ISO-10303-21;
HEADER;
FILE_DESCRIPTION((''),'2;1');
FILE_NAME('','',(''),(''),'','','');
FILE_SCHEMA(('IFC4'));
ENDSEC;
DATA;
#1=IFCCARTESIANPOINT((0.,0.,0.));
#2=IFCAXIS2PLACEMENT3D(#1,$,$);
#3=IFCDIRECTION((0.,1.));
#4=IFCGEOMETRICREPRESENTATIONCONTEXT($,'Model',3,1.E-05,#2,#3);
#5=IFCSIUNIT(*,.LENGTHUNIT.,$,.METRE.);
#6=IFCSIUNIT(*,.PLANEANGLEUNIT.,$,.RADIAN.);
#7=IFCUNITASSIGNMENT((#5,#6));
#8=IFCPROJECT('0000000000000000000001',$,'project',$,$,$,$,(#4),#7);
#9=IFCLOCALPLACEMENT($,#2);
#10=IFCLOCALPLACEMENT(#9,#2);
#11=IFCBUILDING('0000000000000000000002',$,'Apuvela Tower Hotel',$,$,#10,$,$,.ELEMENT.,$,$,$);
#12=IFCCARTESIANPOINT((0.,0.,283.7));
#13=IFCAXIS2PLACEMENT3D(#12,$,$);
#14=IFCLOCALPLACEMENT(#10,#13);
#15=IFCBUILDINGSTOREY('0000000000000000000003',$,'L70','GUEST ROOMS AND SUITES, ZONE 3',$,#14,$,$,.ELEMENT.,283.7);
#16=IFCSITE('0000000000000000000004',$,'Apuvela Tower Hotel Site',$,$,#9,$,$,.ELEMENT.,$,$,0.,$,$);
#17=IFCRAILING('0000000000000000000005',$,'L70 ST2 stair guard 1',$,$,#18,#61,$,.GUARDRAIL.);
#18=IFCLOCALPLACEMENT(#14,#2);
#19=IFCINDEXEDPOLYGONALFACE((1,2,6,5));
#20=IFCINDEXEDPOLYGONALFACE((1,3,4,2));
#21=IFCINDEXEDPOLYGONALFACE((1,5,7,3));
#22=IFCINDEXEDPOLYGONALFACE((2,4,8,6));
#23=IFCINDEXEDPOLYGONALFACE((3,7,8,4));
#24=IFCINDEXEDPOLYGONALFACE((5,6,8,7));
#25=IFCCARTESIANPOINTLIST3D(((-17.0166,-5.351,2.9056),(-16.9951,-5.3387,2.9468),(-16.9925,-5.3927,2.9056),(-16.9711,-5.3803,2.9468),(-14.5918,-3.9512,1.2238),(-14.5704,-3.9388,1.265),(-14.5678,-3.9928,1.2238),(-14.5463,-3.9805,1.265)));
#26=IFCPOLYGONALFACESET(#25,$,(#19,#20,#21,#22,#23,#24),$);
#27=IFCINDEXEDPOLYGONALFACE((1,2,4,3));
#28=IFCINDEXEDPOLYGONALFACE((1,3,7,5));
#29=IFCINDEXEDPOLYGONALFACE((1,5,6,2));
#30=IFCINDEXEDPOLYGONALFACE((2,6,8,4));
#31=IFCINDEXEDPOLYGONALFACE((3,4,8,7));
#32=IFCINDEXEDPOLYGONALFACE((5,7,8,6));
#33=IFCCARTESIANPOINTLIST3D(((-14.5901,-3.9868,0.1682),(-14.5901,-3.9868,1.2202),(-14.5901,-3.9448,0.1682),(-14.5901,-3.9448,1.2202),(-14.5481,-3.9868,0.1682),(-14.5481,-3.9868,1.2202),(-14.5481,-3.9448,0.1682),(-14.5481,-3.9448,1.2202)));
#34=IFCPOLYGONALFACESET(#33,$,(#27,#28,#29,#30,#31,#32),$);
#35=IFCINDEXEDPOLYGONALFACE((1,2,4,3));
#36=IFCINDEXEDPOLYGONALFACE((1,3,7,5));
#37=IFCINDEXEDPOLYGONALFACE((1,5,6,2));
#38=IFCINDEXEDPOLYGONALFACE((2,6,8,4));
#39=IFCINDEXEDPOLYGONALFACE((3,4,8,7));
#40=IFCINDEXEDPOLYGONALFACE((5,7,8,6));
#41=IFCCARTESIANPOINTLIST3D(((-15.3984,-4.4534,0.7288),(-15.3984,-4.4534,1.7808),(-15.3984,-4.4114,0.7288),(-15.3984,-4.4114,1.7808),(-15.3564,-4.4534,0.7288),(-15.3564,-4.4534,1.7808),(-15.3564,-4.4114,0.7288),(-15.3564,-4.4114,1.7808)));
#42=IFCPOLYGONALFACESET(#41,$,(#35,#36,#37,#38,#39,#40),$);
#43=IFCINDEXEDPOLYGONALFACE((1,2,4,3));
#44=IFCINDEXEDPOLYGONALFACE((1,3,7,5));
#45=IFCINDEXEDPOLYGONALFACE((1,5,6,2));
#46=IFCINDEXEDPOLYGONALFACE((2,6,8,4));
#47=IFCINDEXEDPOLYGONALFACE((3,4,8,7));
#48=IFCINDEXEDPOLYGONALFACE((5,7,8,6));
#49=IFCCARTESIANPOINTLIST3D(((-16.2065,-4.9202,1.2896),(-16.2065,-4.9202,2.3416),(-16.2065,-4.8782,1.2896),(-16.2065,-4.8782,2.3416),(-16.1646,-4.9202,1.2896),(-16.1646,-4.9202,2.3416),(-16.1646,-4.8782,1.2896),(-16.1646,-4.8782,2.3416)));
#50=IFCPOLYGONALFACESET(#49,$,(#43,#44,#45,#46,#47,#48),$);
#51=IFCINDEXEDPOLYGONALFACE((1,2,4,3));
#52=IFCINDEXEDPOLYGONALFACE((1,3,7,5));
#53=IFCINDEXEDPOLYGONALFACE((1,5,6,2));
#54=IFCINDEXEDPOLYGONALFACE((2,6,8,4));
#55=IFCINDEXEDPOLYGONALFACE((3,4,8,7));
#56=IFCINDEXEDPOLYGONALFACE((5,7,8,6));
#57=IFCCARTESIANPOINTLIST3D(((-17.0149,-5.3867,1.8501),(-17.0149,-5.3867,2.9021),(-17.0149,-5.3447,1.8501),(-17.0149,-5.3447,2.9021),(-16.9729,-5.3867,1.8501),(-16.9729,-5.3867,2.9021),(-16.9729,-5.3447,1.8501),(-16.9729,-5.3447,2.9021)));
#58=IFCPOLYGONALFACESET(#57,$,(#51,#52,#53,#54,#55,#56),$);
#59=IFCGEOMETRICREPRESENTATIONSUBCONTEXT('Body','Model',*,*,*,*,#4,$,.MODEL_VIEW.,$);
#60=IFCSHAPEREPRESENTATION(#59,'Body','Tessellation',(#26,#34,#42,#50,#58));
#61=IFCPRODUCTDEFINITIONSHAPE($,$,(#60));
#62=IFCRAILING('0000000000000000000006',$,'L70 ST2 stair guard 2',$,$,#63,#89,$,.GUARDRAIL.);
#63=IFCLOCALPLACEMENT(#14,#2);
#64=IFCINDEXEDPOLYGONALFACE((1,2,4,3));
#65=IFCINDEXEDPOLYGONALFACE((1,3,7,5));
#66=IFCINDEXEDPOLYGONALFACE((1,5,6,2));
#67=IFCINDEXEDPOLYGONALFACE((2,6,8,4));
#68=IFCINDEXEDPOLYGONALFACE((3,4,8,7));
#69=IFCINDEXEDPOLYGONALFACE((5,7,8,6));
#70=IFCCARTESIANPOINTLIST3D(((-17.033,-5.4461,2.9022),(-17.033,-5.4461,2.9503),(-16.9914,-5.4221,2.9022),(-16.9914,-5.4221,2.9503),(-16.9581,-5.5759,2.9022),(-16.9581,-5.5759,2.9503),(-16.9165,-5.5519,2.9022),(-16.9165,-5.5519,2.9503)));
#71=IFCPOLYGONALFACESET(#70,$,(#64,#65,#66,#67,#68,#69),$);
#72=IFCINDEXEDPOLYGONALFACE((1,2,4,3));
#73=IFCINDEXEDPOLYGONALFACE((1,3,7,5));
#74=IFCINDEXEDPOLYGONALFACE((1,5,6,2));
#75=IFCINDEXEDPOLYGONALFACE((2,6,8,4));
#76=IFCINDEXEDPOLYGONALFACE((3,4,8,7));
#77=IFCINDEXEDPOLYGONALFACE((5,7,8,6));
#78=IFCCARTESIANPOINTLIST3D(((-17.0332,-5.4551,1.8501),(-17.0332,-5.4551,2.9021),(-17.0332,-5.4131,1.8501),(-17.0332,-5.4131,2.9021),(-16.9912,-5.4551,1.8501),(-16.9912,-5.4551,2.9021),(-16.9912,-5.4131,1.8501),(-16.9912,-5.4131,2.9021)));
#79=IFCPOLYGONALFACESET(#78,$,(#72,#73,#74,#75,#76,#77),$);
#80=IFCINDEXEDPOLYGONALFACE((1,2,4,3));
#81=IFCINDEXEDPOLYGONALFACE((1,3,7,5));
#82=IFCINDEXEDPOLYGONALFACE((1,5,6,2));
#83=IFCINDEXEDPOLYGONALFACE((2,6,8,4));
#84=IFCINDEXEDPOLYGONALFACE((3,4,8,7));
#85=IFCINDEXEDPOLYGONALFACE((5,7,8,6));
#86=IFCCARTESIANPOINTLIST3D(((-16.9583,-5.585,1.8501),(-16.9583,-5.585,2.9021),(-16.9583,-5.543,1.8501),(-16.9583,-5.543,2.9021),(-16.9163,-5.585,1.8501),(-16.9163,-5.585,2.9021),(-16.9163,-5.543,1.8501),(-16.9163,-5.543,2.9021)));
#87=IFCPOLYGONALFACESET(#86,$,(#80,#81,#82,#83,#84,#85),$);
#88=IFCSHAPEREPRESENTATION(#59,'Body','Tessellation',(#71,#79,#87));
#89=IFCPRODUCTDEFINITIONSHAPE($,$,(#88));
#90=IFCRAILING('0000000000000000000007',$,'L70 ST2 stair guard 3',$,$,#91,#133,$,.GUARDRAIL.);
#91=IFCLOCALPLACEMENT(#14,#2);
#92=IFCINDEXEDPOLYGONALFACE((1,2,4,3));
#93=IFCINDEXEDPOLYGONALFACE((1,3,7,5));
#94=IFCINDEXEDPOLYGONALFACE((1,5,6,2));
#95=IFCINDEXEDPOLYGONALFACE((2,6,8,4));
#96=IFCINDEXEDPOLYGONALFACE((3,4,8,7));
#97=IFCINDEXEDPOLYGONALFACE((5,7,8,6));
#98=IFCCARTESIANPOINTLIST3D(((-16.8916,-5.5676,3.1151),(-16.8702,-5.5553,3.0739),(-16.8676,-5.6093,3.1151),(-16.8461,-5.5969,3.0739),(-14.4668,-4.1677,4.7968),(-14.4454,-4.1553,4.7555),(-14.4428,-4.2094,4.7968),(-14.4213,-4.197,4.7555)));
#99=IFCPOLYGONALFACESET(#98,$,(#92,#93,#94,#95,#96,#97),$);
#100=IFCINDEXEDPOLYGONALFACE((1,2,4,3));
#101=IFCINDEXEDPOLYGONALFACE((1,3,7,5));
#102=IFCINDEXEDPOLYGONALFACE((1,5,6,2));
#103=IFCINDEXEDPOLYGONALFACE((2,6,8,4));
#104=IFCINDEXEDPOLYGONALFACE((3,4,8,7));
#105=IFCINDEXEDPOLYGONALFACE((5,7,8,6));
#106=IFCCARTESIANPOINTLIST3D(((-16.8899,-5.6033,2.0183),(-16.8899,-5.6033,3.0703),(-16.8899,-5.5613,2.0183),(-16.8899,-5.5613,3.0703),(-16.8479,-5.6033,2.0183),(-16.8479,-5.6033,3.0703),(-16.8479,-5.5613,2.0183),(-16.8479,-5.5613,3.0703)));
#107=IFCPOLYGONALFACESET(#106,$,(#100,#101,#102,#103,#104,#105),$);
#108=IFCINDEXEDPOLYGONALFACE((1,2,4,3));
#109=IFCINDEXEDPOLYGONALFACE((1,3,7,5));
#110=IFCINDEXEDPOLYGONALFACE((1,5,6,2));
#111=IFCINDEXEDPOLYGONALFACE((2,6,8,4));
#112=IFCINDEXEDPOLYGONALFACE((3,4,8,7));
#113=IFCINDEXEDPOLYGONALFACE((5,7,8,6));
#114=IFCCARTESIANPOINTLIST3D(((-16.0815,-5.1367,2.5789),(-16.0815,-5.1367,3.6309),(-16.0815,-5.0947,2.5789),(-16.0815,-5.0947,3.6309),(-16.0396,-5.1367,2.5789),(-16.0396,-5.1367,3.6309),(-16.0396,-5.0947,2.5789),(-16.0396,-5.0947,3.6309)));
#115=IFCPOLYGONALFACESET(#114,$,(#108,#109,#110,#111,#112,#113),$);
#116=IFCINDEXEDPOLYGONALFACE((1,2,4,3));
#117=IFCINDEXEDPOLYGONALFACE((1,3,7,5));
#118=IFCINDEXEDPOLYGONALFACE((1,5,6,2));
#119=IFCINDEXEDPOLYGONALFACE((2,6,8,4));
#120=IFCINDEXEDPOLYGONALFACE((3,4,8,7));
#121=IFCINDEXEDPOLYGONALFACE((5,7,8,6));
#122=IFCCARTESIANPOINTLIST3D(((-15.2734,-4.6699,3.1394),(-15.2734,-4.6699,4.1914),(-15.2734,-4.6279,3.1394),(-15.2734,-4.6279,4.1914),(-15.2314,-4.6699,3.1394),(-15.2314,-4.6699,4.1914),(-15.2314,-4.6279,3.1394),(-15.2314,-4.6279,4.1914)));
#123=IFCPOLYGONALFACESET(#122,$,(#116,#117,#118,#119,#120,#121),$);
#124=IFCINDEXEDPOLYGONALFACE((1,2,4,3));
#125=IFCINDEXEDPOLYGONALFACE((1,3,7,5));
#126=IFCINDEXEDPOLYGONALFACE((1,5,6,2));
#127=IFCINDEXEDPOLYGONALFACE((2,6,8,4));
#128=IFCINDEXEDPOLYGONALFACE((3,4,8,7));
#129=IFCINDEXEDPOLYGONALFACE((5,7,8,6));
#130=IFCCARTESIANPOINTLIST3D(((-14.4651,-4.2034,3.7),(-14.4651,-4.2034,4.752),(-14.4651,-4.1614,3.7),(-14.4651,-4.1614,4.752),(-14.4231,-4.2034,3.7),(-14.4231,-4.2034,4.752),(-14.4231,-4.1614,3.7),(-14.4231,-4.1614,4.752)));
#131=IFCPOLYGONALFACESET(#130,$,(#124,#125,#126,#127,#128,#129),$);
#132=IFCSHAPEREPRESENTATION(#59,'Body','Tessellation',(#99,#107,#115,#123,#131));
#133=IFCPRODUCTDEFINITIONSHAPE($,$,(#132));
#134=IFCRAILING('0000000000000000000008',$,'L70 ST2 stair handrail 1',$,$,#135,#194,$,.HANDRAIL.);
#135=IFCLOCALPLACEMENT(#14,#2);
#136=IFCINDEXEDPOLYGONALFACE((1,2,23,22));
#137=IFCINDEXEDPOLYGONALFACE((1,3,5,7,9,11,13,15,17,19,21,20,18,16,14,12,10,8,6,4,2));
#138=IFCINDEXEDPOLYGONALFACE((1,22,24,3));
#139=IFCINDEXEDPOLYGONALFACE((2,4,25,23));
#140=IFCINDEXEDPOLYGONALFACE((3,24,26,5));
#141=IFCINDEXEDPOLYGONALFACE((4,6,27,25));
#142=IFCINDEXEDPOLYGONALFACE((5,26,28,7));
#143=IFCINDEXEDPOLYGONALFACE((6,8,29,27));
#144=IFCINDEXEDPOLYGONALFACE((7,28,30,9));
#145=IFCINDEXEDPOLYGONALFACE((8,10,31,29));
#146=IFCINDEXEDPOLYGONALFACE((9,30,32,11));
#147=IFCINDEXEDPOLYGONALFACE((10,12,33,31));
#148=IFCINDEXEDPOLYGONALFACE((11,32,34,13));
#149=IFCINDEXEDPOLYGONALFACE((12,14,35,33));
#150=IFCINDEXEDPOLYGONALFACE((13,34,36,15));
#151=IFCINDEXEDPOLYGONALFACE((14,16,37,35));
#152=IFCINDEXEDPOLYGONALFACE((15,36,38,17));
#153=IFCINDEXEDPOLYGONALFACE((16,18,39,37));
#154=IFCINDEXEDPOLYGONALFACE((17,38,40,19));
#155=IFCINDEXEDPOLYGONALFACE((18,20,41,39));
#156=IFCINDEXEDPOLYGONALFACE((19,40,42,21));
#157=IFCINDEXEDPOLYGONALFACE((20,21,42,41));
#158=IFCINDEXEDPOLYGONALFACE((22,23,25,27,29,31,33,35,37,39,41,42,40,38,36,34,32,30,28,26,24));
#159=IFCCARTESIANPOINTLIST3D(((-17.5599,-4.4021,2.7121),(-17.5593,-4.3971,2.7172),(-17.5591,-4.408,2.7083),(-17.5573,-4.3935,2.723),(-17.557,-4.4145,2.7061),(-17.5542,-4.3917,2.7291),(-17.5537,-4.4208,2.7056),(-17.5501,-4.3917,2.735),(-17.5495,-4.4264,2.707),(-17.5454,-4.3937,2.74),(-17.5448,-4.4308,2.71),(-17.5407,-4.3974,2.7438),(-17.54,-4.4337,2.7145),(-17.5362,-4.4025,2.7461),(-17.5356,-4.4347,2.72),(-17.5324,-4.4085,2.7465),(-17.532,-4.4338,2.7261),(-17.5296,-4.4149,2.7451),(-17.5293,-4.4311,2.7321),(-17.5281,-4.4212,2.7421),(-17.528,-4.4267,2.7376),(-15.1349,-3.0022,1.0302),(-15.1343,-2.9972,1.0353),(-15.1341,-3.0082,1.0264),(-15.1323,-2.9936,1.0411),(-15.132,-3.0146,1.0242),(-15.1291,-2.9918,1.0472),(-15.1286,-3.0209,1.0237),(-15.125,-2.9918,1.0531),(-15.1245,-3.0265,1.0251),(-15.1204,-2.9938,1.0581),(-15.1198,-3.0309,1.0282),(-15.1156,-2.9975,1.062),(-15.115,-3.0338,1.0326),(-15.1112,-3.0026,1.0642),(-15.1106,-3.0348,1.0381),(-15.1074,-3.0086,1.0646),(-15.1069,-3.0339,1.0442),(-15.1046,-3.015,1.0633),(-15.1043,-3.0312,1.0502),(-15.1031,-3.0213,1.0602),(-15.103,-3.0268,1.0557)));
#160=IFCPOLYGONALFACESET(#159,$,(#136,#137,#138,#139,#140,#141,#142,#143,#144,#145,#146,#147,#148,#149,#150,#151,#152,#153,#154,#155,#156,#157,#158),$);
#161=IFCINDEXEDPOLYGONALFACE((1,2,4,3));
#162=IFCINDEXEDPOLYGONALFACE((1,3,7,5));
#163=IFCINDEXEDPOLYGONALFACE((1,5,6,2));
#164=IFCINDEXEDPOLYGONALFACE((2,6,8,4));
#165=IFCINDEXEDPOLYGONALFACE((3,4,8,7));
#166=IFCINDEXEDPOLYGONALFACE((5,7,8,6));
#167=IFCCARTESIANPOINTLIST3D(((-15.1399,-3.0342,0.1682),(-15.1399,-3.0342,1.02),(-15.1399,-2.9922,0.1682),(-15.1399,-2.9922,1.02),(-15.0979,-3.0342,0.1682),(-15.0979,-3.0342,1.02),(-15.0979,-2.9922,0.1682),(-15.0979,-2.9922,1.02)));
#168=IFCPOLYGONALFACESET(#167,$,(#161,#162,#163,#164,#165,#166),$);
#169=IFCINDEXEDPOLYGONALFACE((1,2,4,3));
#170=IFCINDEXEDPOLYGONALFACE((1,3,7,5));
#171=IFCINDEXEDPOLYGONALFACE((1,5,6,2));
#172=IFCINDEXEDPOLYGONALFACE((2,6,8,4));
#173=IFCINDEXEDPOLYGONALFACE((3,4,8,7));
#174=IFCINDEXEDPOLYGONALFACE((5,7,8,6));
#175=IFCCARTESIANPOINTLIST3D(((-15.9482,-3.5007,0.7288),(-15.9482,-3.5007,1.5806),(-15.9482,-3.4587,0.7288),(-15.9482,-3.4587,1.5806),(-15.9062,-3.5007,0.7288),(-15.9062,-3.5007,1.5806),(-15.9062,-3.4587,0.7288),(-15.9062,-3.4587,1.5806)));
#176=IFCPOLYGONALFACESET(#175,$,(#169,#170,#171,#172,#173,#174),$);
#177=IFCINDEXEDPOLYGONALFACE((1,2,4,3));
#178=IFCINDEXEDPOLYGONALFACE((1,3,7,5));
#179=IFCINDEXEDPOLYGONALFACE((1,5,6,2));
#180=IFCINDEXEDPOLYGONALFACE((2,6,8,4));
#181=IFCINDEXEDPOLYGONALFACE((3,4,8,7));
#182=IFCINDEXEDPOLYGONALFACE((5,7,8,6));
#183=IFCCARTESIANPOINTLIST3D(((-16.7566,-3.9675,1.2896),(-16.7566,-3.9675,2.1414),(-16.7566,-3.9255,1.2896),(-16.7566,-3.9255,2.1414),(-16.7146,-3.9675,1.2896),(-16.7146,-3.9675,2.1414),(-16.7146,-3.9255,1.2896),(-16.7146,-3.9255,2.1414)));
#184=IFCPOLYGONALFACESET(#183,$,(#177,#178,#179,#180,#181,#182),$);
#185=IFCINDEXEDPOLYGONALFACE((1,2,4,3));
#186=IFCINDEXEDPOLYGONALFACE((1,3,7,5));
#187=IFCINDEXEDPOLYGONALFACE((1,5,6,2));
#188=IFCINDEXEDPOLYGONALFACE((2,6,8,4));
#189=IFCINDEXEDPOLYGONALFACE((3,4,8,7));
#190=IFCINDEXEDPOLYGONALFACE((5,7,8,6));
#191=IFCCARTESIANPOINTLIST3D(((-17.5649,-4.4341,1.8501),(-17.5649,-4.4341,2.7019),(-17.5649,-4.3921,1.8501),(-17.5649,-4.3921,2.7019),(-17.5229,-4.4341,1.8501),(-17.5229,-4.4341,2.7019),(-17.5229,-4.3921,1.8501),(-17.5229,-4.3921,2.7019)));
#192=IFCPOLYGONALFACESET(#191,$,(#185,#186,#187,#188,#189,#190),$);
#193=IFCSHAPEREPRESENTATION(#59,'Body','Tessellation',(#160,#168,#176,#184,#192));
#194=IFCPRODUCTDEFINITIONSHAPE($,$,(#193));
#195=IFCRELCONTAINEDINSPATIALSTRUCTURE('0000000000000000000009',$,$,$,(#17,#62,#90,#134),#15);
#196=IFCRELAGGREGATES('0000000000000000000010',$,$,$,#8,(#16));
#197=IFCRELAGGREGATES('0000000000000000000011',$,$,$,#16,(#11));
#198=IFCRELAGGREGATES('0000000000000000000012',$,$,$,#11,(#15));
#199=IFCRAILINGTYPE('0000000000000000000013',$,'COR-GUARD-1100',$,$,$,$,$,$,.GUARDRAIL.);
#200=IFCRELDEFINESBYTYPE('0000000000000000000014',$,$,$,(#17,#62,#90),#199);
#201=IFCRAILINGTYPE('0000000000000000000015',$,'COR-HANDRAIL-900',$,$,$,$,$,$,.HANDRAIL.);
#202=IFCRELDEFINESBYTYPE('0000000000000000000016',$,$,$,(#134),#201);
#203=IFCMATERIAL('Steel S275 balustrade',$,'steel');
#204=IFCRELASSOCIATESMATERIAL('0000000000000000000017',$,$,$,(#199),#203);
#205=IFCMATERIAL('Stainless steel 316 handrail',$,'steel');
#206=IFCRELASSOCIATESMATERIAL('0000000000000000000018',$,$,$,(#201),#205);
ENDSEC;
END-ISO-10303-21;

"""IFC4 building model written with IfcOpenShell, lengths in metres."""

from ifc_helpers import new_model, si_unit, direction, frame, origin, origin_2d, place, context, subcontext, project, spatial, rectangle, circle, extrude, material, type_object, element, save


model = new_model("IFC4")

# Units and contexts
model_context = context("Model", 3, precision=1e-05, world=origin(), true_north=direction((0.0, 1.0)))
body_context = subcontext(model_context, "Body", "Model", "MODEL_VIEW")
ifc_project = project(units=[si_unit("LENGTHUNIT", "METRE"), si_unit("PLANEANGLEUNIT", "RADIAN")], contexts=[model_context])

# Site, building, storey
site_placement = place(None, origin())
site = spatial("IfcSite", under=ifc_project, at=site_placement, Name="Apuvela Tower Hotel Site", CompositionType="ELEMENT", RefElevation=0.0)
building_placement = place(site_placement, origin())
building = spatial("IfcBuilding", under=site, at=building_placement, Name="Apuvela Tower Hotel", CompositionType="ELEMENT")
storey_placement = place(building_placement, frame((0.0, 0.0, 283.7)))
storey = spatial("IfcBuildingStorey", under=building, at=storey_placement, Name="L70", Description="GUEST ROOMS AND SUITES, ZONE 3", CompositionType="ELEMENT", Elevation=283.7)

# Railings
ifc_material_1 = material(Name="Steel S275 balustrade", Category="steel")
railing_type_1 = type_object("IfcRailingType", Name="COR-GUARD-1100", PredefinedType="GUARDRAIL", material=ifc_material_1)
railing_1_placement = place(storey_placement, frame((-14.5691, -3.9658, 0.1682)))
element("IfcRailing", 1, at=railing_1_placement, inside=storey, type_object=railing_type_1, Name="L70 ST2 stair guard 1", PredefinedType="GUARDRAIL", context=body_context, shape_type="SweptSolid", body=[
    extrude(rectangle(XDim=0.0481, YDim=0.0481, at=origin_2d()), frame((0.0, 0.0, 1.0762), z_axis=(-0.74239, -0.428601, 0.514934), x_axis=(0.499984, -0.866035, 0.0)), (0.0, 0.0, 1.0), 3.2661),
    extrude(rectangle(XDim=0.042, YDim=0.042, at=origin_2d()), origin(), (0.0, 0.0, 1.0), 1.052),
    extrude(rectangle(XDim=0.042, YDim=0.042, at=origin_2d()), frame((-0.8083, -0.4666, 0.5605)), (0.0, 0.0, 1.0), 1.052),
    extrude(rectangle(XDim=0.042, YDim=0.042, at=origin_2d()), frame((-1.6165, -0.9333, 1.1213)), (0.0, 0.0, 1.0), 1.052),
    extrude(rectangle(XDim=0.042, YDim=0.042, at=origin_2d()), frame((-2.4248, -1.3999, 1.6819)), (0.0, 0.0, 1.0), 1.052),
])
railing_2_placement = place(storey_placement, frame((-17.0122, -5.4341, 1.8501)))
element("IfcRailing", 2, at=railing_2_placement, inside=storey, type_object=railing_type_1, Name="L70 ST2 stair guard 2", PredefinedType="GUARDRAIL", context=body_context, shape_type="SweptSolid", body=[
    extrude(rectangle(XDim=0.0481, YDim=0.0481, at=origin_2d()), frame((0.0, 0.0, 1.0762), z_axis=(0.499816, -0.866131, 0.0), x_axis=(0.866131, 0.499816, 0.0)), (0.0, 0.0, 1.0), 0.1499),
    extrude(rectangle(XDim=0.042, YDim=0.042, at=origin_2d()), origin(), (0.0, 0.0, 1.0), 1.052),
    extrude(rectangle(XDim=0.042, YDim=0.042, at=origin_2d()), frame((0.075, -0.1299, 0.0)), (0.0, 0.0, 1.0), 1.052),
])
railing_3_placement = place(storey_placement, frame((-16.8689, -5.5823, 2.0183)))
element("IfcRailing", 3, at=railing_3_placement, inside=storey, type_object=railing_type_1, Name="L70 ST2 stair guard 3", PredefinedType="GUARDRAIL", context=body_context, shape_type="SweptSolid", body=[
    extrude(rectangle(XDim=0.0481, YDim=0.0481, at=origin_2d()), frame((0.0, 0.0, 1.0762), z_axis=(0.742419, 0.428618, 0.514879), x_axis=(-0.499984, 0.866035, 0.0)), (0.0, 0.0, 1.0), 3.2661),
    extrude(rectangle(XDim=0.042, YDim=0.042, at=origin_2d()), origin(), (0.0, 0.0, 1.0), 1.052),
    extrude(rectangle(XDim=0.042, YDim=0.042, at=origin_2d()), frame((0.8083, 0.4666, 0.5605)), (0.0, 0.0, 1.0), 1.052),
    extrude(rectangle(XDim=0.042, YDim=0.042, at=origin_2d()), frame((1.6165, 0.9333, 1.1211)), (0.0, 0.0, 1.0), 1.052),
    extrude(rectangle(XDim=0.042, YDim=0.042, at=origin_2d()), frame((2.4248, 1.3999, 1.6816)), (0.0, 0.0, 1.0), 1.052),
])
ifc_material_2 = material(Name="Stainless steel 316 handrail", Category="steel")
railing_type_2 = type_object("IfcRailingType", Name="COR-HANDRAIL-900", PredefinedType="HANDRAIL", material=ifc_material_2)
railing_4_placement = place(storey_placement, frame((-15.1189, -3.0132, 0.1682)))
element("IfcRailing", 4, at=railing_4_placement, inside=storey, type_object=railing_type_2, Name="L70 ST2 stair handrail 1", PredefinedType="HANDRAIL", context=body_context, shape_type="SweptSolid", body=[
    extrude(circle(Radius=0.0239, at=origin_2d()), frame((0.0, 0.0, 0.876), z_axis=(-0.742424, -0.428577, 0.514906), x_axis=(0.499946, -0.866056, 0.0)), (0.0, 0.0, 1.0), 3.2664),
    extrude(rectangle(XDim=0.042, YDim=0.042, at=origin_2d()), origin(), (0.0, 0.0, 1.0), 0.8518),
    extrude(rectangle(XDim=0.042, YDim=0.042, at=origin_2d()), frame((-0.8083, -0.4666, 0.5605)), (0.0, 0.0, 1.0), 0.8518),
    extrude(rectangle(XDim=0.042, YDim=0.042, at=origin_2d()), frame((-1.6167, -0.9333, 1.1213)), (0.0, 0.0, 1.0), 0.8518),
    extrude(rectangle(XDim=0.042, YDim=0.042, at=origin_2d()), frame((-2.425, -1.3999, 1.6819)), (0.0, 0.0, 1.0), 0.8518),
])

save(model, "model.ifc")
